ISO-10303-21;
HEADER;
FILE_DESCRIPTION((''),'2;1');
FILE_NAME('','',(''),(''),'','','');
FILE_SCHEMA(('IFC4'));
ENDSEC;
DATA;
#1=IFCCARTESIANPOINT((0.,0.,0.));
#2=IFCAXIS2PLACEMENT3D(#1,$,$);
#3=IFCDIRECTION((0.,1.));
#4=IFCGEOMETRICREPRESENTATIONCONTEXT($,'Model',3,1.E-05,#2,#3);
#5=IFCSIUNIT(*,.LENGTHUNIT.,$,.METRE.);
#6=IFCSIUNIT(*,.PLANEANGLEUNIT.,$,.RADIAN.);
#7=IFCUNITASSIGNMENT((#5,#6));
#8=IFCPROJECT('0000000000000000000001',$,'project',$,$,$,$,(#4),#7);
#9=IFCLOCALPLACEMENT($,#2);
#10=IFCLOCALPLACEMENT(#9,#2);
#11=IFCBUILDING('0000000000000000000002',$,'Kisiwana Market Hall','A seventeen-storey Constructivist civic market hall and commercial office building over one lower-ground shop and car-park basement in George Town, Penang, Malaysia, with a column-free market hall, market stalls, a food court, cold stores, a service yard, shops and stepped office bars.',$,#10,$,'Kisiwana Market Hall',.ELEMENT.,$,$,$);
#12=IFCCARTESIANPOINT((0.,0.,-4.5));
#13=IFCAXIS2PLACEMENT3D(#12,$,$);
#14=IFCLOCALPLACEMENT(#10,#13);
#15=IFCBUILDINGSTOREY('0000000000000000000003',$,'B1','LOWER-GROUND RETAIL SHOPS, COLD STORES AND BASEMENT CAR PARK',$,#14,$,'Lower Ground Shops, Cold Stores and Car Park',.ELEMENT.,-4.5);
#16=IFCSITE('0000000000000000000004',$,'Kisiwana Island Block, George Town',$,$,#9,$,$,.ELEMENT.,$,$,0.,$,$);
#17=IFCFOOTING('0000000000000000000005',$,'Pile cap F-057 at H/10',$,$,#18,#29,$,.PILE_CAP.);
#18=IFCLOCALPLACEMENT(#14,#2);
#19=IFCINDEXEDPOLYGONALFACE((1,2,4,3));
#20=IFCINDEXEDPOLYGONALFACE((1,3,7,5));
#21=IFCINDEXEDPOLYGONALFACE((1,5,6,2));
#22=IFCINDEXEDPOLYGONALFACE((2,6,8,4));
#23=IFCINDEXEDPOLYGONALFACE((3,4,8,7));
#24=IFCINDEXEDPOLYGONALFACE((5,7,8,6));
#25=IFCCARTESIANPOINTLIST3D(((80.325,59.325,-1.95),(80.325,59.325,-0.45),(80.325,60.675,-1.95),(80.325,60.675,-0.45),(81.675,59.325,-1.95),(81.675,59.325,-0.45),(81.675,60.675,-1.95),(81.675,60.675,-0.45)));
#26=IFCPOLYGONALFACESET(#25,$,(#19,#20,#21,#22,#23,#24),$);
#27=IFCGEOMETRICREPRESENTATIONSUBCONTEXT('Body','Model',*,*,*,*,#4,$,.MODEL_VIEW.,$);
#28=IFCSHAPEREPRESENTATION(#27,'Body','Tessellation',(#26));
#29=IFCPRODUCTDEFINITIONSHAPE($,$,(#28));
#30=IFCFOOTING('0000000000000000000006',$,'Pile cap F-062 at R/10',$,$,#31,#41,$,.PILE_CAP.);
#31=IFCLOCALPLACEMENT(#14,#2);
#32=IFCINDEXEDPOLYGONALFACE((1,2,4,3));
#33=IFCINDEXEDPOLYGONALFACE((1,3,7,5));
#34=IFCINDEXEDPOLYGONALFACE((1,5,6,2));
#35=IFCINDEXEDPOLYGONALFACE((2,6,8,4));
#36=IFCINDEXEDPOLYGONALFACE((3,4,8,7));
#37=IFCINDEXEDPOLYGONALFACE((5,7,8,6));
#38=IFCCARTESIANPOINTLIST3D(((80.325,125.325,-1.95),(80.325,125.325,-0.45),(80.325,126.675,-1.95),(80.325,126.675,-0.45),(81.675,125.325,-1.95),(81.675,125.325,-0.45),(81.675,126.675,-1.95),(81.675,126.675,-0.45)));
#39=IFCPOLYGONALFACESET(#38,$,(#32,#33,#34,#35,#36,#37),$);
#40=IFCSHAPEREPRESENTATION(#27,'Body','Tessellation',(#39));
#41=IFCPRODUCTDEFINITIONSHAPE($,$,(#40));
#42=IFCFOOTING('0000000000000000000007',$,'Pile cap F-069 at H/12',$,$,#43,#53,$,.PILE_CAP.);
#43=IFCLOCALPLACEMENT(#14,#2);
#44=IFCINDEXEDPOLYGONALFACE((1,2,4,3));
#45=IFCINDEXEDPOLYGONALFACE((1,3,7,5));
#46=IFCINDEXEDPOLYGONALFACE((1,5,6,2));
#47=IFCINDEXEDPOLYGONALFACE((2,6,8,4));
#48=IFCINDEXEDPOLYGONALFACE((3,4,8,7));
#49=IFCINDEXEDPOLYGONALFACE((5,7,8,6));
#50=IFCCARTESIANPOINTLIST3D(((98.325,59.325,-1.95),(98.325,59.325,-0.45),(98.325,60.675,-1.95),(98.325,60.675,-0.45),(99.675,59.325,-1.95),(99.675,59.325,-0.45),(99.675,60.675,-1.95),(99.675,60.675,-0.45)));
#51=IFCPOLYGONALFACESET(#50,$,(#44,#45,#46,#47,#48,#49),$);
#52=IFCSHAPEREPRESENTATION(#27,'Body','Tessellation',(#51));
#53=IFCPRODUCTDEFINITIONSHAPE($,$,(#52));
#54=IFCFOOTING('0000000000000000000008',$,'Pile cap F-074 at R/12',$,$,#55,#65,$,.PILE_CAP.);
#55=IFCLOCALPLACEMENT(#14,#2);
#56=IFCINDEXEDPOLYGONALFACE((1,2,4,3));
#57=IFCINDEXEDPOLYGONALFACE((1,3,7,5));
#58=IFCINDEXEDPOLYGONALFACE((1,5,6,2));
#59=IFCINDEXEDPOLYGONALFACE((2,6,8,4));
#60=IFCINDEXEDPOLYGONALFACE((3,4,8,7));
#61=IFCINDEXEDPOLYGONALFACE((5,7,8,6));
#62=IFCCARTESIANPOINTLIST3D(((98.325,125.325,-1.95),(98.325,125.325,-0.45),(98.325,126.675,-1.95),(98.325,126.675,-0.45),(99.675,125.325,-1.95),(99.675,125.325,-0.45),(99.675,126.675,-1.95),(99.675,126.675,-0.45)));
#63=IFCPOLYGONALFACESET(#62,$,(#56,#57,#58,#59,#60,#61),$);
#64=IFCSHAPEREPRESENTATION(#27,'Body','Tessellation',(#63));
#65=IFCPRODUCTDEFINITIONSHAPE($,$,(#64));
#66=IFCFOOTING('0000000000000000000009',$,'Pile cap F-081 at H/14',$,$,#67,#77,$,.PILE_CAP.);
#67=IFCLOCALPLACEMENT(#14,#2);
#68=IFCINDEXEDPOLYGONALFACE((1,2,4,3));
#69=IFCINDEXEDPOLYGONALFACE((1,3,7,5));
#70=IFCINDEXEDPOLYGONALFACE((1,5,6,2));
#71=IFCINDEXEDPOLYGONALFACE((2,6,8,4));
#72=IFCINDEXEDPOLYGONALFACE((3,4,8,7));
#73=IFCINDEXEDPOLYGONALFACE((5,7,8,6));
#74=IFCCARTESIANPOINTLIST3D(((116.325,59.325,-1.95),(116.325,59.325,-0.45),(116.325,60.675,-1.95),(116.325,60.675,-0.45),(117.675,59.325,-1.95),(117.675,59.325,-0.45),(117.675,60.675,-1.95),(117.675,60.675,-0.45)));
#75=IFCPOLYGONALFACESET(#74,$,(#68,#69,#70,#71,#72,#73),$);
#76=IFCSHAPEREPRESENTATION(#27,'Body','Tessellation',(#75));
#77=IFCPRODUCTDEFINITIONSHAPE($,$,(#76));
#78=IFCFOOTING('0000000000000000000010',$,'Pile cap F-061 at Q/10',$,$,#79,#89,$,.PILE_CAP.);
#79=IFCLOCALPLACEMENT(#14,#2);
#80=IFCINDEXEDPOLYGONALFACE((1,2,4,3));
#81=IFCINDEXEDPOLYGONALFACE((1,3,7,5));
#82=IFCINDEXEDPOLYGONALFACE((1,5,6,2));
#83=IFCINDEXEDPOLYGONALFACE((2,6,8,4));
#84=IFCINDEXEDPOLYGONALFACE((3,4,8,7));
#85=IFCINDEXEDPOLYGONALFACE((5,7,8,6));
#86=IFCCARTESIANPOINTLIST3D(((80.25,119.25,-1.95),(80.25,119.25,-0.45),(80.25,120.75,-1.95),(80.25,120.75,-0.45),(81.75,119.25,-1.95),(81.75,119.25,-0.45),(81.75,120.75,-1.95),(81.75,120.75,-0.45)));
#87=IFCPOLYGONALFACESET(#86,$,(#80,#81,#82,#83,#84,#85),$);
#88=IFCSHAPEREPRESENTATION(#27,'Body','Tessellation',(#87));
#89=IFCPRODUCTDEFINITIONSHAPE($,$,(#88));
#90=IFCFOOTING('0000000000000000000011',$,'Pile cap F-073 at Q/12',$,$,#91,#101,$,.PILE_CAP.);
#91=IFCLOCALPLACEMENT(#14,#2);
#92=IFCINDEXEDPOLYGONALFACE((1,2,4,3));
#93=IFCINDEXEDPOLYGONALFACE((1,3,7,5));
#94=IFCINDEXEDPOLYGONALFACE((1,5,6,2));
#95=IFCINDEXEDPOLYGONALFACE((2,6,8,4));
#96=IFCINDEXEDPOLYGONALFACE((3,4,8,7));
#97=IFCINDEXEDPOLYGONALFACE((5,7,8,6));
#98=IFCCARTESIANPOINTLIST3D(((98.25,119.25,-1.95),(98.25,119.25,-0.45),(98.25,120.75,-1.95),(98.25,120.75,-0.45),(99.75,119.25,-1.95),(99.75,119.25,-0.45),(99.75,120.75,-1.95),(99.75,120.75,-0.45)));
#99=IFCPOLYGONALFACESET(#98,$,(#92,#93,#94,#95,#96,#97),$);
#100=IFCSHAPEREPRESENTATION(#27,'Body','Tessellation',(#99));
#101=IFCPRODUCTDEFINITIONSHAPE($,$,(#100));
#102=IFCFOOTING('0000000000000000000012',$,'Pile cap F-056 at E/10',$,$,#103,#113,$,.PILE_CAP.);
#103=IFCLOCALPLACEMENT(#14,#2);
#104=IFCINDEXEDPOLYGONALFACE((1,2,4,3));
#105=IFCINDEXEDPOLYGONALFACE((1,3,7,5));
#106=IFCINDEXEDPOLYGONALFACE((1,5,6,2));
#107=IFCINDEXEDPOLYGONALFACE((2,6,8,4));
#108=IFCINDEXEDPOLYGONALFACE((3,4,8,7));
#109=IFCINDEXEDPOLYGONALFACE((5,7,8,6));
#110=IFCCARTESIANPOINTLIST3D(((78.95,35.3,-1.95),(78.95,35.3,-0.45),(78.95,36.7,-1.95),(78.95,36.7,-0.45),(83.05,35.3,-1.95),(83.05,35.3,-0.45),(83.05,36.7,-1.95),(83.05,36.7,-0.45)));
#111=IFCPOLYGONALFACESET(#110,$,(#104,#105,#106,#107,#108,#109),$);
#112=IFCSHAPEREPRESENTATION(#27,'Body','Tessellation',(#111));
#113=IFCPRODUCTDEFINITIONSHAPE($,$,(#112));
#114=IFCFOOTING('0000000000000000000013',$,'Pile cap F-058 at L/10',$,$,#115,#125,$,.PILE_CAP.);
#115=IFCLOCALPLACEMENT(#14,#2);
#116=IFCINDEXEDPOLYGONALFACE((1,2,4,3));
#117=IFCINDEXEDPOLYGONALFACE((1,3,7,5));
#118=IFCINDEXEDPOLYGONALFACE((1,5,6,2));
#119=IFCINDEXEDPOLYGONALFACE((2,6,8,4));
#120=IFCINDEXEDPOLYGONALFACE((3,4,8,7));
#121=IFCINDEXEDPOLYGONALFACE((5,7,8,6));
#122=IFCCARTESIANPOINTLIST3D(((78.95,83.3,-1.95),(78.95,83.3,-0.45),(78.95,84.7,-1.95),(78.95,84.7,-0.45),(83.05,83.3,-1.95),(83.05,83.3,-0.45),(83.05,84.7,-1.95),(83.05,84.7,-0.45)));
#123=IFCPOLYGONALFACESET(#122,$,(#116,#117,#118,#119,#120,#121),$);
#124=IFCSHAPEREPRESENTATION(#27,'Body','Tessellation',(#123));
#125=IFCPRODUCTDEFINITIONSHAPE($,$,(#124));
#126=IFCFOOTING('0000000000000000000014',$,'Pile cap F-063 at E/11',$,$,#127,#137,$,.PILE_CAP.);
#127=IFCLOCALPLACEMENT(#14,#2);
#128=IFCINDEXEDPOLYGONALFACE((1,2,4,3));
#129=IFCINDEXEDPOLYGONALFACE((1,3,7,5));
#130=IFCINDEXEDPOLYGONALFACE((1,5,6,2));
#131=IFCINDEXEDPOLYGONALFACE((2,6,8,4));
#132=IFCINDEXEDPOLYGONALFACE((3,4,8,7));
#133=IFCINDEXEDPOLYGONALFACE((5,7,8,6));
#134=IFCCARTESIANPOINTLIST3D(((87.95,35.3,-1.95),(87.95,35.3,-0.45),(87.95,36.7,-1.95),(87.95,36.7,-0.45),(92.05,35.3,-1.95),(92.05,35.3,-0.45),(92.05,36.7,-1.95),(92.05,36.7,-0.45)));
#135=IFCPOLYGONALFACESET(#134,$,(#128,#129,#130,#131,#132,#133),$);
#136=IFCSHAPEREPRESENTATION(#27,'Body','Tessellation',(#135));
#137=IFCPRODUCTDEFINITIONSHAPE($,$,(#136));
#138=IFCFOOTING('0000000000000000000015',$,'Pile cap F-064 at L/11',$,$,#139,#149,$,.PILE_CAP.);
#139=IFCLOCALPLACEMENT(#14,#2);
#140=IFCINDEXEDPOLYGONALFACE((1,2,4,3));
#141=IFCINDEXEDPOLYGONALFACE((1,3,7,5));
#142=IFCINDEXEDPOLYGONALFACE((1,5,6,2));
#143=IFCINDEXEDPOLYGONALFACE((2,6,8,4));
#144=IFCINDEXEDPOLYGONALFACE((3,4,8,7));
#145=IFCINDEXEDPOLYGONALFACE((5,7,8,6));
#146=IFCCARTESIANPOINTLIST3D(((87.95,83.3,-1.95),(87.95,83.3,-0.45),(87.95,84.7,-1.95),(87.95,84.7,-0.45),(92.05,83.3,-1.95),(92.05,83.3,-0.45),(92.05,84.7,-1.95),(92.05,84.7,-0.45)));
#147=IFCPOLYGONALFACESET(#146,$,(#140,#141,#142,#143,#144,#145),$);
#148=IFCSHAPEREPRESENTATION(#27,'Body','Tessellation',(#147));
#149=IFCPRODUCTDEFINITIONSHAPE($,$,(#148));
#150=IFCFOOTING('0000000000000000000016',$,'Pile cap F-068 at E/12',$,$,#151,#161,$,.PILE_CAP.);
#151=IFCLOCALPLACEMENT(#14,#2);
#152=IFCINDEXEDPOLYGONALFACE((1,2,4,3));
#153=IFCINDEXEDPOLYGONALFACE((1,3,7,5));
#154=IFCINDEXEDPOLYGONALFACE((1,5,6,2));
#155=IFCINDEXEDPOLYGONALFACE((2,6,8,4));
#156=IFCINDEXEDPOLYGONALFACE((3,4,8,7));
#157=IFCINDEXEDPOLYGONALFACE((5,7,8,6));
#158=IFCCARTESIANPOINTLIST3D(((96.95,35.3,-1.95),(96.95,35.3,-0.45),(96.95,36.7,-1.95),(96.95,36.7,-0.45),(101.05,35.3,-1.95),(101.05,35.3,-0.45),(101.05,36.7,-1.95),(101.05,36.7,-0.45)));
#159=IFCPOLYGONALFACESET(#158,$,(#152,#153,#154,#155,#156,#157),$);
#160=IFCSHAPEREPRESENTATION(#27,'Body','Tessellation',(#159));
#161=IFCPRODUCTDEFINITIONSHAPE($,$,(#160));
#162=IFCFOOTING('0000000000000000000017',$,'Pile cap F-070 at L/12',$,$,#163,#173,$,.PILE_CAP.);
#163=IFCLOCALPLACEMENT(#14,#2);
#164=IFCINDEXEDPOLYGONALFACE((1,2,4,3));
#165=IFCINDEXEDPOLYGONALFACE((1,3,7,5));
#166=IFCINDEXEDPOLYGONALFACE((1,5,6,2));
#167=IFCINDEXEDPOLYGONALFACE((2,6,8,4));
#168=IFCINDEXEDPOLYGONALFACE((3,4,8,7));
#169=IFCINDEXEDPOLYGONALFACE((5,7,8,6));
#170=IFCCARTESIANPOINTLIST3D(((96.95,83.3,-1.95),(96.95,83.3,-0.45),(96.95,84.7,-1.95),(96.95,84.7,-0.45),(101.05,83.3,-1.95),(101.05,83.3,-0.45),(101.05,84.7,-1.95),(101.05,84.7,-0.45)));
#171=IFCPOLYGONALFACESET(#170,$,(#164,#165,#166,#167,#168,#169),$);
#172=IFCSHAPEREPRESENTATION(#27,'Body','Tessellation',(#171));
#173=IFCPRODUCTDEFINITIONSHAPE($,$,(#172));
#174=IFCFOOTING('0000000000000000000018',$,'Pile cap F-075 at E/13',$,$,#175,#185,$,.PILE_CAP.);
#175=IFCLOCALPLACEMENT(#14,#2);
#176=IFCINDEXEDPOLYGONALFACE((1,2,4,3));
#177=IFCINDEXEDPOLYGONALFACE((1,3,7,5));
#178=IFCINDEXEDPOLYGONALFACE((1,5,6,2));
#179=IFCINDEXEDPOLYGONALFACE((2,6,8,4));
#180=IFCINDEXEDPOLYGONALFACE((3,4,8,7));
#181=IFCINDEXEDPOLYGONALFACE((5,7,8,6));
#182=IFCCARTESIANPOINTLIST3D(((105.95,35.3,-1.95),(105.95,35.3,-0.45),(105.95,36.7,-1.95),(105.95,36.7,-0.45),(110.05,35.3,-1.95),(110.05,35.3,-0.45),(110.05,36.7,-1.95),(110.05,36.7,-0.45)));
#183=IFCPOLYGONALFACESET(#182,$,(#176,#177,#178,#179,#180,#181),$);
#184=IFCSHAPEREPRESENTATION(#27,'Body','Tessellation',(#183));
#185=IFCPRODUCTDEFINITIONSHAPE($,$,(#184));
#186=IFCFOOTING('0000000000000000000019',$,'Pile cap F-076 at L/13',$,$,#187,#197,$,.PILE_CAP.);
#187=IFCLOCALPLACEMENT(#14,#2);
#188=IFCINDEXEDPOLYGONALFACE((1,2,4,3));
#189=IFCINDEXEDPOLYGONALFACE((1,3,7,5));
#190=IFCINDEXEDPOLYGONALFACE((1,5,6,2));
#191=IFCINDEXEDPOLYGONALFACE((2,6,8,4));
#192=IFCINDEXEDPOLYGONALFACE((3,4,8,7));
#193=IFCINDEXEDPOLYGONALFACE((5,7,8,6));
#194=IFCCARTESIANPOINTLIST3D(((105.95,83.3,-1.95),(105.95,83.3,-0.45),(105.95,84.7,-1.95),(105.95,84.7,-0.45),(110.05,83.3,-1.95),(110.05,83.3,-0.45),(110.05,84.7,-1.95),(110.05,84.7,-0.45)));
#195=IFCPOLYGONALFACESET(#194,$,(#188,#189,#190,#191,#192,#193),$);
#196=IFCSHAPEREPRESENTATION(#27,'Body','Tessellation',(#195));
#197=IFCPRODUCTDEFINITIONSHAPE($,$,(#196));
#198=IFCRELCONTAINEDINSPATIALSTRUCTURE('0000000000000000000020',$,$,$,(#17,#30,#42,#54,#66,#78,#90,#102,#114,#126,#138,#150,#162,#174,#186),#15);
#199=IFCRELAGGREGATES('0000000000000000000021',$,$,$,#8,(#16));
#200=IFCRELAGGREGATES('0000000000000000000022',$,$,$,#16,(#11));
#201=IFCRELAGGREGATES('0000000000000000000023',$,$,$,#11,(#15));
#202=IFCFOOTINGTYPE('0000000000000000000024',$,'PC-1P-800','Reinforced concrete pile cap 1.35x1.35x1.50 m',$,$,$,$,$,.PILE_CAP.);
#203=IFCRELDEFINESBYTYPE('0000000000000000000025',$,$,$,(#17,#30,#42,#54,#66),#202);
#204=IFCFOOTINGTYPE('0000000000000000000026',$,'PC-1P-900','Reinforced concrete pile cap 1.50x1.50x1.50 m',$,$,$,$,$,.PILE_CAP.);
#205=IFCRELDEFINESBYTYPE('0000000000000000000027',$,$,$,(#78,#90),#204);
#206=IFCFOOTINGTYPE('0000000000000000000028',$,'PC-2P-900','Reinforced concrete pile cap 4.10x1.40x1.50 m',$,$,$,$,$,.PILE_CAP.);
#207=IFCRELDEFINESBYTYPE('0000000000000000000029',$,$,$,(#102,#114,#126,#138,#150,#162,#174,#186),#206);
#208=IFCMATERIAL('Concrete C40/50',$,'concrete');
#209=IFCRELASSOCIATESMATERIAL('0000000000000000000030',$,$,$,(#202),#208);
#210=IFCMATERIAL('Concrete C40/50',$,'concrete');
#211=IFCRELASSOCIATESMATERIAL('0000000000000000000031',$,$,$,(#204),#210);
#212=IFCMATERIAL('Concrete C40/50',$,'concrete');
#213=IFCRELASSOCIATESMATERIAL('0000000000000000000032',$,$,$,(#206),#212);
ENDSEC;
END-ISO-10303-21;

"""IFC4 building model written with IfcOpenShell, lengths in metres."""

from ifc_helpers import new_model, si_unit, direction, frame, origin, place, context, subcontext, project, spatial, polyline, outline, extrude, material, type_object, element, save


model = new_model("IFC4")

# Units and contexts
model_context = context("Model", 3, precision=1e-05, world=origin(), true_north=direction((0.0, 1.0)))
body_context = subcontext(model_context, "Body", "Model", "MODEL_VIEW")
ifc_project = project(units=[si_unit("LENGTHUNIT", "METRE"), si_unit("PLANEANGLEUNIT", "RADIAN")], contexts=[model_context])

# Site, building, storey
site_placement = place(None, origin())
site = spatial("IfcSite", under=ifc_project, at=site_placement, Name="Kisiwana Island Block, George Town", CompositionType="ELEMENT", RefElevation=0.0)
building_placement = place(site_placement, origin())
building = spatial("IfcBuilding", under=site, at=building_placement, Name="Kisiwana Market Hall", Description="A seventeen-storey Constructivist civic market hall and commercial office building over one lower-ground shop and car-park basement in George Town, Penang, Malaysia, with a column-free market hall, market stalls, a food court, cold stores, a service yard, shops and stepped office bars.", LongName="Kisiwana Market Hall", CompositionType="ELEMENT")
storey_placement = place(building_placement, frame((0.0, 0.0, -4.5)))
storey = spatial("IfcBuildingStorey", under=building, at=storey_placement, Name="B1", Description="LOWER-GROUND RETAIL SHOPS, COLD STORES AND BASEMENT CAR PARK", LongName="Lower Ground Shops, Cold Stores and Car Park", CompositionType="ELEMENT", Elevation=-4.5)

# Footings
ifc_material_1 = material(Name="Concrete C40/50", Category="concrete")
footing_type_1 = type_object("IfcFootingType", Name="PC-1P-800", Description="Reinforced concrete pile cap 1.35x1.35x1.50 m", PredefinedType="PILE_CAP", material=ifc_material_1)
footing_1_placement = place(storey_placement, frame((0.0, 0.0, -1.95)))
element("IfcFooting", 1, at=footing_1_placement, inside=storey, type_object=footing_type_1, Name="Pile cap F-057 at H/10", PredefinedType="PILE_CAP", context=body_context, shape_type="SweptSolid", body=[
    extrude(outline(polyline([(80.325, 59.325), (81.675, 59.325), (81.675, 60.675), (80.325, 60.675), (80.325, 59.325)])), origin(), (0.0, 0.0, 1.0), 1.5),
])
footing_2_placement = place(storey_placement, frame((0.0, 0.0, -1.95)))
element("IfcFooting", 2, at=footing_2_placement, inside=storey, type_object=footing_type_1, Name="Pile cap F-062 at R/10", PredefinedType="PILE_CAP", context=body_context, shape_type="SweptSolid", body=[
    extrude(outline(polyline([(80.325, 125.325), (81.675, 125.325), (81.675, 126.675), (80.325, 126.675), (80.325, 125.325)])), origin(), (0.0, 0.0, 1.0), 1.5),
])
footing_3_placement = place(storey_placement, frame((0.0, 0.0, -1.95)))
element("IfcFooting", 3, at=footing_3_placement, inside=storey, type_object=footing_type_1, Name="Pile cap F-069 at H/12", PredefinedType="PILE_CAP", context=body_context, shape_type="SweptSolid", body=[
    extrude(outline(polyline([(98.325, 59.325), (99.675, 59.325), (99.675, 60.675), (98.325, 60.675), (98.325, 59.325)])), origin(), (0.0, 0.0, 1.0), 1.5),
])
footing_4_placement = place(storey_placement, frame((0.0, 0.0, -1.95)))
element("IfcFooting", 4, at=footing_4_placement, inside=storey, type_object=footing_type_1, Name="Pile cap F-074 at R/12", PredefinedType="PILE_CAP", context=body_context, shape_type="SweptSolid", body=[
    extrude(outline(polyline([(98.325, 125.325), (99.675, 125.325), (99.675, 126.675), (98.325, 126.675), (98.325, 125.325)])), origin(), (0.0, 0.0, 1.0), 1.5),
])
footing_5_placement = place(storey_placement, frame((0.0, 0.0, -1.95)))
element("IfcFooting", 5, at=footing_5_placement, inside=storey, type_object=footing_type_1, Name="Pile cap F-081 at H/14", PredefinedType="PILE_CAP", context=body_context, shape_type="SweptSolid", body=[
    extrude(outline(polyline([(116.325, 59.325), (117.675, 59.325), (117.675, 60.675), (116.325, 60.675), (116.325, 59.325)])), origin(), (0.0, 0.0, 1.0), 1.5),
])
ifc_material_2 = material(Name="Concrete C40/50", Category="concrete")
footing_type_2 = type_object("IfcFootingType", Name="PC-1P-900", Description="Reinforced concrete pile cap 1.50x1.50x1.50 m", PredefinedType="PILE_CAP", material=ifc_material_2)
footing_6_placement = place(storey_placement, frame((0.0, 0.0, -1.95)))
element("IfcFooting", 6, at=footing_6_placement, inside=storey, type_object=footing_type_2, Name="Pile cap F-061 at Q/10", PredefinedType="PILE_CAP", context=body_context, shape_type="SweptSolid", body=[
    extrude(outline(polyline([(80.25, 119.25), (81.75, 119.25), (81.75, 120.75), (80.25, 120.75), (80.25, 119.25)])), origin(), (0.0, 0.0, 1.0), 1.5),
])
footing_7_placement = place(storey_placement, frame((0.0, 0.0, -1.95)))
element("IfcFooting", 7, at=footing_7_placement, inside=storey, type_object=footing_type_2, Name="Pile cap F-073 at Q/12", PredefinedType="PILE_CAP", context=body_context, shape_type="SweptSolid", body=[
    extrude(outline(polyline([(98.25, 119.25), (99.75, 119.25), (99.75, 120.75), (98.25, 120.75), (98.25, 119.25)])), origin(), (0.0, 0.0, 1.0), 1.5),
])
ifc_material_3 = material(Name="Concrete C40/50", Category="concrete")
footing_type_3 = type_object("IfcFootingType", Name="PC-2P-900", Description="Reinforced concrete pile cap 4.10x1.40x1.50 m", PredefinedType="PILE_CAP", material=ifc_material_3)
footing_8_placement = place(storey_placement, frame((0.0, 0.0, -1.95)))
element("IfcFooting", 8, at=footing_8_placement, inside=storey, type_object=footing_type_3, Name="Pile cap F-056 at E/10", PredefinedType="PILE_CAP", context=body_context, shape_type="SweptSolid", body=[
    extrude(outline(polyline([(78.95, 35.3), (83.05, 35.3), (83.05, 36.7), (78.95, 36.7), (78.95, 35.3)])), origin(), (0.0, 0.0, 1.0), 1.5),
])
footing_9_placement = place(storey_placement, frame((0.0, 0.0, -1.95)))
element("IfcFooting", 9, at=footing_9_placement, inside=storey, type_object=footing_type_3, Name="Pile cap F-058 at L/10", PredefinedType="PILE_CAP", context=body_context, shape_type="SweptSolid", body=[
    extrude(outline(polyline([(78.95, 83.3), (83.05, 83.3), (83.05, 84.7), (78.95, 84.7), (78.95, 83.3)])), origin(), (0.0, 0.0, 1.0), 1.5),
])
footing_10_placement = place(storey_placement, frame((0.0, 0.0, -1.95)))
element("IfcFooting", 10, at=footing_10_placement, inside=storey, type_object=footing_type_3, Name="Pile cap F-063 at E/11", PredefinedType="PILE_CAP", context=body_context, shape_type="SweptSolid", body=[
    extrude(outline(polyline([(87.95, 35.3), (92.05, 35.3), (92.05, 36.7), (87.95, 36.7), (87.95, 35.3)])), origin(), (0.0, 0.0, 1.0), 1.5),
])
footing_11_placement = place(storey_placement, frame((0.0, 0.0, -1.95)))
element("IfcFooting", 11, at=footing_11_placement, inside=storey, type_object=footing_type_3, Name="Pile cap F-064 at L/11", PredefinedType="PILE_CAP", context=body_context, shape_type="SweptSolid", body=[
    extrude(outline(polyline([(87.95, 83.3), (92.05, 83.3), (92.05, 84.7), (87.95, 84.7), (87.95, 83.3)])), origin(), (0.0, 0.0, 1.0), 1.5),
])
footing_12_placement = place(storey_placement, frame((0.0, 0.0, -1.95)))
element("IfcFooting", 12, at=footing_12_placement, inside=storey, type_object=footing_type_3, Name="Pile cap F-068 at E/12", PredefinedType="PILE_CAP", context=body_context, shape_type="SweptSolid", body=[
    extrude(outline(polyline([(96.95, 35.3), (101.05, 35.3), (101.05, 36.7), (96.95, 36.7), (96.95, 35.3)])), origin(), (0.0, 0.0, 1.0), 1.5),
])
footing_13_placement = place(storey_placement, frame((0.0, 0.0, -1.95)))
element("IfcFooting", 13, at=footing_13_placement, inside=storey, type_object=footing_type_3, Name="Pile cap F-070 at L/12", PredefinedType="PILE_CAP", context=body_context, shape_type="SweptSolid", body=[
    extrude(outline(polyline([(96.95, 83.3), (101.05, 83.3), (101.05, 84.7), (96.95, 84.7), (96.95, 83.3)])), origin(), (0.0, 0.0, 1.0), 1.5),
])
footing_14_placement = place(storey_placement, frame((0.0, 0.0, -1.95)))
element("IfcFooting", 14, at=footing_14_placement, inside=storey, type_object=footing_type_3, Name="Pile cap F-075 at E/13", PredefinedType="PILE_CAP", context=body_context, shape_type="SweptSolid", body=[
    extrude(outline(polyline([(105.95, 35.3), (110.05, 35.3), (110.05, 36.7), (105.95, 36.7), (105.95, 35.3)])), origin(), (0.0, 0.0, 1.0), 1.5),
])
footing_15_placement = place(storey_placement, frame((0.0, 0.0, -1.95)))
element("IfcFooting", 15, at=footing_15_placement, inside=storey, type_object=footing_type_3, Name="Pile cap F-076 at L/13", PredefinedType="PILE_CAP", context=body_context, shape_type="SweptSolid", body=[
    extrude(outline(polyline([(105.95, 83.3), (110.05, 83.3), (110.05, 84.7), (105.95, 84.7), (105.95, 83.3)])), origin(), (0.0, 0.0, 1.0), 1.5),
])

save(model, "model.ifc")
